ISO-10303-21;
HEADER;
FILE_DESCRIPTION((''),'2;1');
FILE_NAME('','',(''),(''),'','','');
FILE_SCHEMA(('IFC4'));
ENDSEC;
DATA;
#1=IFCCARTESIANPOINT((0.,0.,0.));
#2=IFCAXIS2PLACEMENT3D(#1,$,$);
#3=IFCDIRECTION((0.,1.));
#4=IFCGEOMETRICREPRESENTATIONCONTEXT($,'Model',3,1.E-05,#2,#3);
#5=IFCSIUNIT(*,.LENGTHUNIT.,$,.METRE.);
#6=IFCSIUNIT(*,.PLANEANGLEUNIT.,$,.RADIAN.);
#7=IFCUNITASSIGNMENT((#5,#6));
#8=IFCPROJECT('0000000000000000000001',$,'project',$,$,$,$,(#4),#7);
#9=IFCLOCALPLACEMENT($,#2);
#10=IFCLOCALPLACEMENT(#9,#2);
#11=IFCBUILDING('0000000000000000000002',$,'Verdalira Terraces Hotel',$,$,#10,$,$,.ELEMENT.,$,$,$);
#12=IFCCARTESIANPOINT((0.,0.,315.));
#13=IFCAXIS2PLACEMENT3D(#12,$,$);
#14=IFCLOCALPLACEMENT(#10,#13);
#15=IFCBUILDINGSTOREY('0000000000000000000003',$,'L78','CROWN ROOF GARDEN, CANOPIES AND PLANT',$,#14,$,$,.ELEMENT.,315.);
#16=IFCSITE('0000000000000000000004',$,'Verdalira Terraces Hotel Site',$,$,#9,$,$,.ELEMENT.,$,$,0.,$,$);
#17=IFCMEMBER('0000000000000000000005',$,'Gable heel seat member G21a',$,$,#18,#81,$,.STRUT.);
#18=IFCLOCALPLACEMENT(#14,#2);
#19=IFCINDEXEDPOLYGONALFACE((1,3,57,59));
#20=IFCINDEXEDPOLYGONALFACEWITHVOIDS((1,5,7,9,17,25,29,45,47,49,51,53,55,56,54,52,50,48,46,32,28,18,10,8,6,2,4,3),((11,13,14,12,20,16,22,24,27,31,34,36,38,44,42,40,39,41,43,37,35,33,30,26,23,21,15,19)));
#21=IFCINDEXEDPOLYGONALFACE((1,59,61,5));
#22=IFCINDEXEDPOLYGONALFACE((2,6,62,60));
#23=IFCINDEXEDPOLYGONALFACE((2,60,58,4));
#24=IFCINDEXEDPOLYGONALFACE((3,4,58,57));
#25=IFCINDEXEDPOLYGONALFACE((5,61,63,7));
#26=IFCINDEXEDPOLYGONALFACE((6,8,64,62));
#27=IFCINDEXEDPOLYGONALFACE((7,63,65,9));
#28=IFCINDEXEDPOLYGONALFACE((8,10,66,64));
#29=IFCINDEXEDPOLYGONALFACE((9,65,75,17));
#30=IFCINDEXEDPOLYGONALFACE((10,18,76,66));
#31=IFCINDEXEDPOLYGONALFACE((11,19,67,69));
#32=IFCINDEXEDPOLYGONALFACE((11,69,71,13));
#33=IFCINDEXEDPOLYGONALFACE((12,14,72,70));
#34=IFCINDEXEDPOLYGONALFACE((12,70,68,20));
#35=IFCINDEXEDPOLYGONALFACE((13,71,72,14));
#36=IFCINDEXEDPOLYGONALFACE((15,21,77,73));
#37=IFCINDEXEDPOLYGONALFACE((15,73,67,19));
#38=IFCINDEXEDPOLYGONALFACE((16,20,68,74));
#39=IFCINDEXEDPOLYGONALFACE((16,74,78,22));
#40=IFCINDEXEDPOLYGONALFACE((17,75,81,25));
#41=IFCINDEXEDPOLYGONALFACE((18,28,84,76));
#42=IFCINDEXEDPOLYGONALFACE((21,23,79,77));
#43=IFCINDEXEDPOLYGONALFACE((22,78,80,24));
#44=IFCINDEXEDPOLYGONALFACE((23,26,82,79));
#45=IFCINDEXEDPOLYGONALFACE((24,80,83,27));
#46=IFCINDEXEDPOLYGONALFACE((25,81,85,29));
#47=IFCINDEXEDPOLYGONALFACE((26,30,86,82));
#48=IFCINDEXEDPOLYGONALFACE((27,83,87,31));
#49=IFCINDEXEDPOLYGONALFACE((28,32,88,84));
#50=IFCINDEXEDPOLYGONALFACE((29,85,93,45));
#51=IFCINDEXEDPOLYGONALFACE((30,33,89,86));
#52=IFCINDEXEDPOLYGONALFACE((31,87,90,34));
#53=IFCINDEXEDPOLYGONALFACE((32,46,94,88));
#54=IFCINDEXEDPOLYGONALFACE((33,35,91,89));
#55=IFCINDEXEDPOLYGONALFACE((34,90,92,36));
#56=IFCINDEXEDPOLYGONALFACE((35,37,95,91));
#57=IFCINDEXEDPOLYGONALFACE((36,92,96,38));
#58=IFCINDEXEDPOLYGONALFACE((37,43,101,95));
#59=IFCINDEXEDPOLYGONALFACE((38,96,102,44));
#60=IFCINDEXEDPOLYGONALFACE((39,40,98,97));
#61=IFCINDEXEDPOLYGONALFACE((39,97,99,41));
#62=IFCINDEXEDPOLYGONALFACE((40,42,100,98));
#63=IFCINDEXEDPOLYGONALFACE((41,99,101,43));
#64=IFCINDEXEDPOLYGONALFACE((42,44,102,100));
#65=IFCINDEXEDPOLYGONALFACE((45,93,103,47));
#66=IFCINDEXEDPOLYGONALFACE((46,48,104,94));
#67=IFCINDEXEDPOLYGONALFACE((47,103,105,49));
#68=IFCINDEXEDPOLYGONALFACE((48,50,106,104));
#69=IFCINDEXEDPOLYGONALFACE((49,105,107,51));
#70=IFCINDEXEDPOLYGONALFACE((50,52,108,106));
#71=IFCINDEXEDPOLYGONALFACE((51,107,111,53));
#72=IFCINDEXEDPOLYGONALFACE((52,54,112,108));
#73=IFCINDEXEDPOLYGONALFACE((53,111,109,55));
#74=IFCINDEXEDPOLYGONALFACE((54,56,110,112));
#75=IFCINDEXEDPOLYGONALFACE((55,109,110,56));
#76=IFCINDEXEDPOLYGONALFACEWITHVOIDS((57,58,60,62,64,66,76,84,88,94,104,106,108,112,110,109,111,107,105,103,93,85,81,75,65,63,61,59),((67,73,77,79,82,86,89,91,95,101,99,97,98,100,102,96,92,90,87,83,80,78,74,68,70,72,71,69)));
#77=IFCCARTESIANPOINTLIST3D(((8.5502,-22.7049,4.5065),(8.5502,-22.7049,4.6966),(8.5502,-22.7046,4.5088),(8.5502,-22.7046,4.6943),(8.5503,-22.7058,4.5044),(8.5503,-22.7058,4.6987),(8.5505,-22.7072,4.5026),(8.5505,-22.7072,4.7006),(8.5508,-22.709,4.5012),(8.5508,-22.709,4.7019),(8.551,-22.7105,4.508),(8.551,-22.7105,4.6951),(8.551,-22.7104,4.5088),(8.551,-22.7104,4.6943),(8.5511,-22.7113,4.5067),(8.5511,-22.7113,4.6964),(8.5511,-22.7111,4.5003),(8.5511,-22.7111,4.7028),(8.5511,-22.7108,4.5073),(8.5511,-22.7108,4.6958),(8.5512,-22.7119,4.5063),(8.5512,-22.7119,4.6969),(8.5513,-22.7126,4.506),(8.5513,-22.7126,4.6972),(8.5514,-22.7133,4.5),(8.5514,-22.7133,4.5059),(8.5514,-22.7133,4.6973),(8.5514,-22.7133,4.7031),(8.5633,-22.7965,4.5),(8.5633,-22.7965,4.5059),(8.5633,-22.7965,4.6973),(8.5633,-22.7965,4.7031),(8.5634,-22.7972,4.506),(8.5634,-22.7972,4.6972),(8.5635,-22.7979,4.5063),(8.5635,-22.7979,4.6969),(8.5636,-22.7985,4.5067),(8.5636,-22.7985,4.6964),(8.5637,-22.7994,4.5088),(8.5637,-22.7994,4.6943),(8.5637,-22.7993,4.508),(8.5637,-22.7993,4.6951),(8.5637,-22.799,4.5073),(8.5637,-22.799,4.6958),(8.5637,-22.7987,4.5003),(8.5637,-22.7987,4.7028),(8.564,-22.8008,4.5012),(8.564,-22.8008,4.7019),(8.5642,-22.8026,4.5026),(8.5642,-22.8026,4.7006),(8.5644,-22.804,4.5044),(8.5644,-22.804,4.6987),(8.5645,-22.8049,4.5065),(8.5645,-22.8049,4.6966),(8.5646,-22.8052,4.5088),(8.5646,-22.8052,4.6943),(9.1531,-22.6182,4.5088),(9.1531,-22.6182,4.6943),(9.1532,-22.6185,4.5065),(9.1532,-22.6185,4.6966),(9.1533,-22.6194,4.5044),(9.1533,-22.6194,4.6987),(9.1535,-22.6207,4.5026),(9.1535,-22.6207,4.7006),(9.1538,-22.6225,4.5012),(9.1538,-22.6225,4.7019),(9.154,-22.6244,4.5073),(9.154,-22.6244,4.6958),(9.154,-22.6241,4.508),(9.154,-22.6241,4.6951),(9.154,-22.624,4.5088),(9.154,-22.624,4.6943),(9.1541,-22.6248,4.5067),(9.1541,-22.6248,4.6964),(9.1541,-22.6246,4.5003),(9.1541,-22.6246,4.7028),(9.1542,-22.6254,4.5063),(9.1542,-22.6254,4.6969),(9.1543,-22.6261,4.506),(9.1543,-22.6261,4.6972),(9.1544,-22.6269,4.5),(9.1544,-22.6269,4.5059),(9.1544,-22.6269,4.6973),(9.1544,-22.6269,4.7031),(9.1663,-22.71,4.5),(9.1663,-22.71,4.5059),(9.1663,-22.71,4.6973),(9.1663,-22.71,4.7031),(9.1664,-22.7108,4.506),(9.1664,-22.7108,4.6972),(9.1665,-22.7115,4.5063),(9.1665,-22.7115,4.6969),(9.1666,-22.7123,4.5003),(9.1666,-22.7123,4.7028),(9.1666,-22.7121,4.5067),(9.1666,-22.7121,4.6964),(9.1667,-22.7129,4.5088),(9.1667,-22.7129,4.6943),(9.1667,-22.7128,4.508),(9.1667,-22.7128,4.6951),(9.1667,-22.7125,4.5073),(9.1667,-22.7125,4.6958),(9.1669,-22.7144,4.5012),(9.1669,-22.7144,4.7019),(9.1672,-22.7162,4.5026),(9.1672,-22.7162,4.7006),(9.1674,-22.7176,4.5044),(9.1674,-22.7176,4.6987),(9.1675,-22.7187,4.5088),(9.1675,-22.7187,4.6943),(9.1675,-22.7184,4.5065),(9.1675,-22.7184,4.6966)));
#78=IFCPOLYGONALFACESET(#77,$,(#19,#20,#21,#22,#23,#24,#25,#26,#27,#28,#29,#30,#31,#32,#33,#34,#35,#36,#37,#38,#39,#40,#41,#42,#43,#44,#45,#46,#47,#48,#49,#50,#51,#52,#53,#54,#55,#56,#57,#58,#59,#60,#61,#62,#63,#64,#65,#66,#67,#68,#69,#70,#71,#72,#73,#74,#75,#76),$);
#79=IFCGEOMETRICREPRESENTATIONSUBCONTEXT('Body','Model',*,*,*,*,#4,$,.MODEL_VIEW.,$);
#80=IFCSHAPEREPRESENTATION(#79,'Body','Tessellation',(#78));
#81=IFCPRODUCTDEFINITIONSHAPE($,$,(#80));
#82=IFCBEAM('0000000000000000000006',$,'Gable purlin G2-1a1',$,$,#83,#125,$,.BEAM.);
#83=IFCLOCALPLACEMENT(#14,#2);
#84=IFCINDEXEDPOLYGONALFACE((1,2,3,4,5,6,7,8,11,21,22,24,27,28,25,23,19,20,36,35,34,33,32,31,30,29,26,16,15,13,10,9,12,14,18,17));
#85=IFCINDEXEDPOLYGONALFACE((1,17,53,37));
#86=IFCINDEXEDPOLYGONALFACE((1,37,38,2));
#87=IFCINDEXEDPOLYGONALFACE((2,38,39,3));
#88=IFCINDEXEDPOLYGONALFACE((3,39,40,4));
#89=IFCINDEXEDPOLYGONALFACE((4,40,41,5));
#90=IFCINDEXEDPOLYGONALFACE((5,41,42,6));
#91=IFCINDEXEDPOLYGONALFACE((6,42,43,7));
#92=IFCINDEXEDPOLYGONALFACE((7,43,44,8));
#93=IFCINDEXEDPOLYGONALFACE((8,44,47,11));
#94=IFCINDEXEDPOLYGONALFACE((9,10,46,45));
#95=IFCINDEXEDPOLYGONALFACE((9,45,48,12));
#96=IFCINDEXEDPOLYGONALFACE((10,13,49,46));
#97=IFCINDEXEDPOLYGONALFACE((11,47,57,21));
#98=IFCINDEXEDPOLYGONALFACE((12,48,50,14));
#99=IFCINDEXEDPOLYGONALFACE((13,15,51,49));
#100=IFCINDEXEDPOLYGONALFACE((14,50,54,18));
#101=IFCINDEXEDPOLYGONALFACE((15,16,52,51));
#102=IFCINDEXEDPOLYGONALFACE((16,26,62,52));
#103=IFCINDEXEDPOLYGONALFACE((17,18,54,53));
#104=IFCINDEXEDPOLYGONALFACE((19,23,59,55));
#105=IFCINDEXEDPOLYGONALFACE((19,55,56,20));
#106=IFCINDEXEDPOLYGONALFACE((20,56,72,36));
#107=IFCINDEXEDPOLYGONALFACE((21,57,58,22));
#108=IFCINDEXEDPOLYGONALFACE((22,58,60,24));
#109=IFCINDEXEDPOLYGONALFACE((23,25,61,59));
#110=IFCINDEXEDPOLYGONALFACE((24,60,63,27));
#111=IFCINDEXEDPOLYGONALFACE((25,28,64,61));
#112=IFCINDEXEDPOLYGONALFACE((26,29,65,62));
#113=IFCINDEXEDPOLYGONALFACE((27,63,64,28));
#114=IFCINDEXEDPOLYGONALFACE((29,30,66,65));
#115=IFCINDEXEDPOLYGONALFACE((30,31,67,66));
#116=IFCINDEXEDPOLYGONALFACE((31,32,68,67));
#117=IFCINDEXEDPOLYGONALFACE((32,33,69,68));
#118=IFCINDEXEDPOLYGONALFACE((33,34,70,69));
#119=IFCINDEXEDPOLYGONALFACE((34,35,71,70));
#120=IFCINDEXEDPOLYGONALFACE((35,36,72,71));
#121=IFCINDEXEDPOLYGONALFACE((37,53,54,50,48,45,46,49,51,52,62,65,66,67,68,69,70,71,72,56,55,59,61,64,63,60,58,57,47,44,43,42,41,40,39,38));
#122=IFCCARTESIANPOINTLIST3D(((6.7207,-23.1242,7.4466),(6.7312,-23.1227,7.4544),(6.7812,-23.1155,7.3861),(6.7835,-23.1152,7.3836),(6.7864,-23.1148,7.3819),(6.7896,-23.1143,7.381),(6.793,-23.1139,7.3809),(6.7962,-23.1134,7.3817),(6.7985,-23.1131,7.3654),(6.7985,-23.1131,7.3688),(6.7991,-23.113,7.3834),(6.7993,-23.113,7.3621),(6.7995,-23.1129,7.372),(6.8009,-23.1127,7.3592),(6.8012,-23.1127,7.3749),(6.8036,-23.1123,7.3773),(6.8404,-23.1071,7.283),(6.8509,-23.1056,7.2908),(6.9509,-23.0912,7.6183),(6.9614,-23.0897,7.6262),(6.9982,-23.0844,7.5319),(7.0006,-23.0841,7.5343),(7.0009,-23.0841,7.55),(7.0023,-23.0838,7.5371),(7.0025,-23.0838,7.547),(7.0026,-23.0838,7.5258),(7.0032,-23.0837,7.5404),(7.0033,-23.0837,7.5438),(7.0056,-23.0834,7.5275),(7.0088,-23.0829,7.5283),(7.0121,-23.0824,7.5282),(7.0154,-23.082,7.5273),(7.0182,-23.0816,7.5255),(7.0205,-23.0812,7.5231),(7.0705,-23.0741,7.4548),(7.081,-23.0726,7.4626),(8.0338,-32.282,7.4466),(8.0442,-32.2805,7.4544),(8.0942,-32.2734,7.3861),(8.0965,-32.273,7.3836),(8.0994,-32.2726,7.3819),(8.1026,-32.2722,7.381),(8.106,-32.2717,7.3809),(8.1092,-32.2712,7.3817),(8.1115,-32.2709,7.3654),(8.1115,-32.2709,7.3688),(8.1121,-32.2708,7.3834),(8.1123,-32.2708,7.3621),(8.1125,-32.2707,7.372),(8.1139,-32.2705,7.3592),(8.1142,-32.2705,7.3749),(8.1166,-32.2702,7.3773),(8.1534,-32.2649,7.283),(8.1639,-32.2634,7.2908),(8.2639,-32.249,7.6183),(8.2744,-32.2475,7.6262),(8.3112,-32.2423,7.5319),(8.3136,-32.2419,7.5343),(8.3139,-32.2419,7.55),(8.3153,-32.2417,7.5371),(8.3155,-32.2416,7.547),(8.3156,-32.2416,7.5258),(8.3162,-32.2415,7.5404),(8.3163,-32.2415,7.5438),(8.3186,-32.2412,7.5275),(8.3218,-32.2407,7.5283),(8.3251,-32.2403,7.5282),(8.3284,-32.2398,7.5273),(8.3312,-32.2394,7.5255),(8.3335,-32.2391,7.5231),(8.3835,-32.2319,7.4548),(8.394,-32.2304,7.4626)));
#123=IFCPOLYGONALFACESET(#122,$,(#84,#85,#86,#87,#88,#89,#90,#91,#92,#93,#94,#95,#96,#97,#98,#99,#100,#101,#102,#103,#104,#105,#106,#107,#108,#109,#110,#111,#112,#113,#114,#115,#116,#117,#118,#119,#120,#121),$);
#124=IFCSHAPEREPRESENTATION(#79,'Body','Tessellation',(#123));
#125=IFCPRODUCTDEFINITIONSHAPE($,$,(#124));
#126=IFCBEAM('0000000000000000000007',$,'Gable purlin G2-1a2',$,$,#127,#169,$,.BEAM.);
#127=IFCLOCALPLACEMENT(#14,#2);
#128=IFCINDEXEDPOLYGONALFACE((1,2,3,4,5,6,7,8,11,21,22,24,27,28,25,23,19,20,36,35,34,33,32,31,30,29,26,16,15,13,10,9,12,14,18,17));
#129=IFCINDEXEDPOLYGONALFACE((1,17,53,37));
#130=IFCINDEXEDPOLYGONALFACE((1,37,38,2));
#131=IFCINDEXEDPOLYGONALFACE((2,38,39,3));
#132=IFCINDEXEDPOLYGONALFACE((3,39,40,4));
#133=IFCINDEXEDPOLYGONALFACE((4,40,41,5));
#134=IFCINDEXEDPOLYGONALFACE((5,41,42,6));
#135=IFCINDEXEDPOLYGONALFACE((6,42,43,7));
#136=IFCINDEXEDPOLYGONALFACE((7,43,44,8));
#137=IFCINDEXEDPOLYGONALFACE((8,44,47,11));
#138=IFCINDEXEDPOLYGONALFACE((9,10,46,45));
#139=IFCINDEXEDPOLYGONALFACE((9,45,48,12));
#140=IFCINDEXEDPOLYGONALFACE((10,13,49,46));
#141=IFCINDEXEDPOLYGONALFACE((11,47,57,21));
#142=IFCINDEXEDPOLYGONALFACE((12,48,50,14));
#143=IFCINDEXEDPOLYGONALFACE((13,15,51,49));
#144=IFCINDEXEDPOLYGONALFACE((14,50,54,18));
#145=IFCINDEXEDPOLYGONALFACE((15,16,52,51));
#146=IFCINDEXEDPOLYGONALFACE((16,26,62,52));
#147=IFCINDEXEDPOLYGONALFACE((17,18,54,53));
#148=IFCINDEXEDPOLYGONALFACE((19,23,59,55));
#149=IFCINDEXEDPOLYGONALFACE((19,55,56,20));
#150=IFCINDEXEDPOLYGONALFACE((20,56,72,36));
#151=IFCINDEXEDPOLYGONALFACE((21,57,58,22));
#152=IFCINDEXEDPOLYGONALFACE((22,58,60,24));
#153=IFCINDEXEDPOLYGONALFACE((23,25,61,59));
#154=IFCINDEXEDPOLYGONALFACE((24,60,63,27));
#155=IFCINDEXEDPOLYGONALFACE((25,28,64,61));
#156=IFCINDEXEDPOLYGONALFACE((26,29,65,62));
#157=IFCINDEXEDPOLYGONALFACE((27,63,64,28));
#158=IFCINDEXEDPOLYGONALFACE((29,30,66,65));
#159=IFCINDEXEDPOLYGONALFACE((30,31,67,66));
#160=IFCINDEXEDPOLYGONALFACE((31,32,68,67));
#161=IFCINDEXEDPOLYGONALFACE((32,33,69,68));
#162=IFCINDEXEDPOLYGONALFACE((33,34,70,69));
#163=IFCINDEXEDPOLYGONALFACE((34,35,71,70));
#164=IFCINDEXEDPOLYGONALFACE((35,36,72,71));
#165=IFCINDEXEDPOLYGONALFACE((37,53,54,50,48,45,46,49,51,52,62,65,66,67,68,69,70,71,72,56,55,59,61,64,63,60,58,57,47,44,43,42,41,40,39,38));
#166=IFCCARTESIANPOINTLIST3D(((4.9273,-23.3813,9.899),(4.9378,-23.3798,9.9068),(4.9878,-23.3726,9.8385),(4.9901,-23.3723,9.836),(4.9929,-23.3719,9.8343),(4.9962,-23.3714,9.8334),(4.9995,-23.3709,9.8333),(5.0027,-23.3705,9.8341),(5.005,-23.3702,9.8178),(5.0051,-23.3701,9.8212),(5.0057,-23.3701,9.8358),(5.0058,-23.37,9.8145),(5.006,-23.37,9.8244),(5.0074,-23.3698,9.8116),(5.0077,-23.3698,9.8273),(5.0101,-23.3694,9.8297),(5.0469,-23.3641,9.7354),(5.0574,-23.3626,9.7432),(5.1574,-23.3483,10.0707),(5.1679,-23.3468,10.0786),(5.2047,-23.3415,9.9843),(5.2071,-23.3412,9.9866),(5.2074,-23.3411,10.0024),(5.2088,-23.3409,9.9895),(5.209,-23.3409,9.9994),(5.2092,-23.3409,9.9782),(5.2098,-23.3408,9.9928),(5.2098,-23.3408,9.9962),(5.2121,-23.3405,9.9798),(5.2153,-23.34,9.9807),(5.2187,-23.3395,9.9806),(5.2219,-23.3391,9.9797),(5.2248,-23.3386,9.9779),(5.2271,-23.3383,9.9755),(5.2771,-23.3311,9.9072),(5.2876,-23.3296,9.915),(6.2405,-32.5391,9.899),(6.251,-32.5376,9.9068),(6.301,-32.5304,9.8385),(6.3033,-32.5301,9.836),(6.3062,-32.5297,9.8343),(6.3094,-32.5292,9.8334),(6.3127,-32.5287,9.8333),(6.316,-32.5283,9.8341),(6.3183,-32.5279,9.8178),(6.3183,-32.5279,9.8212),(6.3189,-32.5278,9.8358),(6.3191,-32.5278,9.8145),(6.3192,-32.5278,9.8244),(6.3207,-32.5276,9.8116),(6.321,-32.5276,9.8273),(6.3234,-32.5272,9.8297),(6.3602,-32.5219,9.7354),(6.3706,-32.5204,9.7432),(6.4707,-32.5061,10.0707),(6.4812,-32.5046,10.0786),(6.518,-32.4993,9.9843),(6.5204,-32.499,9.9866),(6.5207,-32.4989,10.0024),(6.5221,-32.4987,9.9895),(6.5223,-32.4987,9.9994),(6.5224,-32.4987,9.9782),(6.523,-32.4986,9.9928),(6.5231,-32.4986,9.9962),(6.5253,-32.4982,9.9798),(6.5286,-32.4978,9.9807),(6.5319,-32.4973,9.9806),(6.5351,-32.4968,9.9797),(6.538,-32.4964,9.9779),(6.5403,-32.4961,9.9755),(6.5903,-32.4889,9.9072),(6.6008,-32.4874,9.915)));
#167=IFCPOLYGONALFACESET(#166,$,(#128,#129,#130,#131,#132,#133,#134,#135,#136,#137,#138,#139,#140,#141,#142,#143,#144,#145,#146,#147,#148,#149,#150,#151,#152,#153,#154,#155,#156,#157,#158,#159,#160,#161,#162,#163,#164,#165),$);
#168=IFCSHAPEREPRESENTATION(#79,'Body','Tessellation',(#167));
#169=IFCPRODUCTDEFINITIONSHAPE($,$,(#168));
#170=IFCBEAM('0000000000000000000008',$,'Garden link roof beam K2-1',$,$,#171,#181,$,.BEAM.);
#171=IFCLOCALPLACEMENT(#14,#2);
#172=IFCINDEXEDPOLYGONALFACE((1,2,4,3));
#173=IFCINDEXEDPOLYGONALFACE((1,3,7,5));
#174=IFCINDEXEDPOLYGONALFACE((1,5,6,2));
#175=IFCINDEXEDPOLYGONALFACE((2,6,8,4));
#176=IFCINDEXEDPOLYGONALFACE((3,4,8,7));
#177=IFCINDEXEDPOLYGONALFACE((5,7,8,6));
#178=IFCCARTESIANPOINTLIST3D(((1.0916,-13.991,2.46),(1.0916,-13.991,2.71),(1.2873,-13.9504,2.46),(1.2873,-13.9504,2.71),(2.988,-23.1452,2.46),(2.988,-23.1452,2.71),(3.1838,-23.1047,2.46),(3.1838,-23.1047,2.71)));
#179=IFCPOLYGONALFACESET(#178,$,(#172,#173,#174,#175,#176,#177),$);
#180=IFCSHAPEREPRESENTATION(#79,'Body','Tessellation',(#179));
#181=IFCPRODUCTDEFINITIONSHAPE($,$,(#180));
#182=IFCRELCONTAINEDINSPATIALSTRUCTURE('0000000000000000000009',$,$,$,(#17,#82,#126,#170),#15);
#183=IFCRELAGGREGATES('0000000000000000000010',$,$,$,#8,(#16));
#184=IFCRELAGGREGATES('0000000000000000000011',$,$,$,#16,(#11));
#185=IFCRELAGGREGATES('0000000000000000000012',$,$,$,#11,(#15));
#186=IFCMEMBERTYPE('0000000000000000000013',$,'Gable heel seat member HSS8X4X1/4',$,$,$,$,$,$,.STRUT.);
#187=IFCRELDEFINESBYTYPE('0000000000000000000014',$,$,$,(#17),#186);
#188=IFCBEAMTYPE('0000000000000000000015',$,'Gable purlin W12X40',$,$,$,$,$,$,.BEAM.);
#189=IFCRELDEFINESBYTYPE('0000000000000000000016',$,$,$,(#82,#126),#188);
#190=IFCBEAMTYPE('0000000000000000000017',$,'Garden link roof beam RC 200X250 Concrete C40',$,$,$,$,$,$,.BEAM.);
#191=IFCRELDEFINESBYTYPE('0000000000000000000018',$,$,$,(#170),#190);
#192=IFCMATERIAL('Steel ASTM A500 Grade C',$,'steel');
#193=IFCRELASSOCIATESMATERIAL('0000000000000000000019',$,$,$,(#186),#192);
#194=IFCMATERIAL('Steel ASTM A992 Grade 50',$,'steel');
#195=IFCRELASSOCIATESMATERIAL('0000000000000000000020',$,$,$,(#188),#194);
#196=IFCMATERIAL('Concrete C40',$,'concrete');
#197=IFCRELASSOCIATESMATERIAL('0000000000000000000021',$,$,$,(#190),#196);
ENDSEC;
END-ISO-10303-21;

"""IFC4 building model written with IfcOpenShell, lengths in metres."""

from ifc_helpers import new_model, si_unit, direction, frame, origin, origin_2d, place, context, subcontext, project, spatial, rectangle, hollow_rectangle, i_section, extrude, material, material_profile, profile_set, type_object, element, save


model = new_model("IFC4")

# Units and contexts
model_context = context("Model", 3, precision=1e-05, world=origin(), true_north=direction((0.0, 1.0)))
body_context = subcontext(model_context, "Body", "Model", "MODEL_VIEW")
ifc_project = project(units=[si_unit("LENGTHUNIT", "METRE"), si_unit("PLANEANGLEUNIT", "RADIAN")], contexts=[model_context])

# Site, building, storey
site_placement = place(None, origin())
site = spatial("IfcSite", under=ifc_project, at=site_placement, Name="Verdalira Terraces Hotel Site", CompositionType="ELEMENT", RefElevation=0.0)
building_placement = place(site_placement, origin())
building = spatial("IfcBuilding", under=site, at=building_placement, Name="Verdalira Terraces Hotel", CompositionType="ELEMENT")
storey_placement = place(building_placement, frame((0.0, 0.0, 315.0)))
storey = spatial("IfcBuildingStorey", under=building, at=storey_placement, Name="L78", Description="CROWN ROOF GARDEN, CANOPIES AND PLANT", CompositionType="ELEMENT", Elevation=315.0)

# Member
ifc_material_1 = material(Name="Steel ASTM A500 Grade C", Category="steel")
ifc_material_profile_1 = material_profile(ifc_material_1, hollow_rectangle(XDim=0.1016, YDim=0.2031, WallThickness=0.0059, InnerFilletRadius=0.0029, OuterFilletRadius=0.0088, at=origin_2d()), Name="HSS8X4X1/4")
ifc_profile_set_1 = profile_set([ifc_material_profile_1], Name="Steel ASTM A500 Grade C")
member_type_1 = type_object("IfcMemberType", Name="Gable heel seat member HSS8X4X1/4", PredefinedType="STRUT", material=ifc_profile_set_1)
member_1_placement = place(storey_placement, frame((8.5574, -22.7549, 4.6016), z_axis=(0.989885, 0.14187, 0.0), x_axis=(-0.14187, 0.989885, 0.0)))
element("IfcMember", 1, at=member_1_placement, inside=storey, type_object=member_type_1, Name="Gable heel seat member G21a", PredefinedType="STRUT", context=body_context, shape_type="SweptSolid", body=[
    extrude(hollow_rectangle(XDim=0.1016, YDim=0.2031, WallThickness=0.0059, InnerFilletRadius=0.0029, OuterFilletRadius=0.0088, at=origin_2d()), origin(), (0.0, 0.0, 1.0), 0.6091),
])

# Beams
ifc_material_2 = material(Name="Steel ASTM A992 Grade 50", Category="steel")
ifc_material_profile_2 = material_profile(ifc_material_2, i_section(OverallWidth=0.2034, OverallDepth=0.3022, WebThickness=0.0076, FlangeThickness=0.0132, FilletRadius=0.0129, at=origin_2d()), Name="W12X40")
ifc_profile_set_2 = profile_set([ifc_material_profile_2], Name="Steel ASTM A992 Grade 50")
beam_type_1 = type_object("IfcBeamType", Name="Gable purlin W12X40", PredefinedType="BEAM", material=ifc_profile_set_2)
for number, where, z_axis, x_axis, name in (
    (2, (6.9009, -23.0984, 7.4546), (0.141924, -0.989878, 0.0), (0.588182, 0.084331, -0.80432), "Gable purlin G2-1a1"),
    (3, (5.1074, -23.3555, 9.907), (0.14195, -0.989874, 0.0), (0.58818, 0.084346, -0.80432), "Gable purlin G2-1a2"),
):
    element("IfcBeam", number, at=place(storey_placement, frame(where, z_axis=z_axis, x_axis=x_axis)), inside=storey, type_object=beam_type_1, Name=name, PredefinedType="BEAM", context=body_context, shape_type="SweptSolid", body=[
        extrude(i_section(OverallWidth=0.2034, OverallDepth=0.3022, WebThickness=0.0076, FlangeThickness=0.0132, FilletRadius=0.0129, at=origin_2d()), origin(), (0.0, 0.0, 1.0), 9.2515),
    ])
ifc_material_3 = material(Name="Concrete C40", Category="concrete")
ifc_material_profile_3 = material_profile(ifc_material_3, rectangle(XDim=0.2, YDim=0.25, at=origin_2d()), Name="RC 200X250")
ifc_profile_set_3 = profile_set([ifc_material_profile_3], Name="Concrete C40")
beam_type_2 = type_object("IfcBeamType", Name="Garden link roof beam RC 200X250 Concrete C40", PredefinedType="BEAM", material=ifc_profile_set_3)
beam_placement = place(storey_placement, frame((1.1895, -13.9707, 2.585), z_axis=(0.202861, -0.979208, 0.0), x_axis=(0.979208, 0.202861, 0.0)))
element("IfcBeam", 4, at=beam_placement, inside=storey, type_object=beam_type_2, Name="Garden link roof beam K2-1", PredefinedType="BEAM", context=body_context, shape_type="SweptSolid", body=[
    extrude(rectangle(XDim=0.2, YDim=0.25, at=origin_2d()), origin(), (0.0, 0.0, 1.0), 9.3486),
])

save(model, "model.ifc")
